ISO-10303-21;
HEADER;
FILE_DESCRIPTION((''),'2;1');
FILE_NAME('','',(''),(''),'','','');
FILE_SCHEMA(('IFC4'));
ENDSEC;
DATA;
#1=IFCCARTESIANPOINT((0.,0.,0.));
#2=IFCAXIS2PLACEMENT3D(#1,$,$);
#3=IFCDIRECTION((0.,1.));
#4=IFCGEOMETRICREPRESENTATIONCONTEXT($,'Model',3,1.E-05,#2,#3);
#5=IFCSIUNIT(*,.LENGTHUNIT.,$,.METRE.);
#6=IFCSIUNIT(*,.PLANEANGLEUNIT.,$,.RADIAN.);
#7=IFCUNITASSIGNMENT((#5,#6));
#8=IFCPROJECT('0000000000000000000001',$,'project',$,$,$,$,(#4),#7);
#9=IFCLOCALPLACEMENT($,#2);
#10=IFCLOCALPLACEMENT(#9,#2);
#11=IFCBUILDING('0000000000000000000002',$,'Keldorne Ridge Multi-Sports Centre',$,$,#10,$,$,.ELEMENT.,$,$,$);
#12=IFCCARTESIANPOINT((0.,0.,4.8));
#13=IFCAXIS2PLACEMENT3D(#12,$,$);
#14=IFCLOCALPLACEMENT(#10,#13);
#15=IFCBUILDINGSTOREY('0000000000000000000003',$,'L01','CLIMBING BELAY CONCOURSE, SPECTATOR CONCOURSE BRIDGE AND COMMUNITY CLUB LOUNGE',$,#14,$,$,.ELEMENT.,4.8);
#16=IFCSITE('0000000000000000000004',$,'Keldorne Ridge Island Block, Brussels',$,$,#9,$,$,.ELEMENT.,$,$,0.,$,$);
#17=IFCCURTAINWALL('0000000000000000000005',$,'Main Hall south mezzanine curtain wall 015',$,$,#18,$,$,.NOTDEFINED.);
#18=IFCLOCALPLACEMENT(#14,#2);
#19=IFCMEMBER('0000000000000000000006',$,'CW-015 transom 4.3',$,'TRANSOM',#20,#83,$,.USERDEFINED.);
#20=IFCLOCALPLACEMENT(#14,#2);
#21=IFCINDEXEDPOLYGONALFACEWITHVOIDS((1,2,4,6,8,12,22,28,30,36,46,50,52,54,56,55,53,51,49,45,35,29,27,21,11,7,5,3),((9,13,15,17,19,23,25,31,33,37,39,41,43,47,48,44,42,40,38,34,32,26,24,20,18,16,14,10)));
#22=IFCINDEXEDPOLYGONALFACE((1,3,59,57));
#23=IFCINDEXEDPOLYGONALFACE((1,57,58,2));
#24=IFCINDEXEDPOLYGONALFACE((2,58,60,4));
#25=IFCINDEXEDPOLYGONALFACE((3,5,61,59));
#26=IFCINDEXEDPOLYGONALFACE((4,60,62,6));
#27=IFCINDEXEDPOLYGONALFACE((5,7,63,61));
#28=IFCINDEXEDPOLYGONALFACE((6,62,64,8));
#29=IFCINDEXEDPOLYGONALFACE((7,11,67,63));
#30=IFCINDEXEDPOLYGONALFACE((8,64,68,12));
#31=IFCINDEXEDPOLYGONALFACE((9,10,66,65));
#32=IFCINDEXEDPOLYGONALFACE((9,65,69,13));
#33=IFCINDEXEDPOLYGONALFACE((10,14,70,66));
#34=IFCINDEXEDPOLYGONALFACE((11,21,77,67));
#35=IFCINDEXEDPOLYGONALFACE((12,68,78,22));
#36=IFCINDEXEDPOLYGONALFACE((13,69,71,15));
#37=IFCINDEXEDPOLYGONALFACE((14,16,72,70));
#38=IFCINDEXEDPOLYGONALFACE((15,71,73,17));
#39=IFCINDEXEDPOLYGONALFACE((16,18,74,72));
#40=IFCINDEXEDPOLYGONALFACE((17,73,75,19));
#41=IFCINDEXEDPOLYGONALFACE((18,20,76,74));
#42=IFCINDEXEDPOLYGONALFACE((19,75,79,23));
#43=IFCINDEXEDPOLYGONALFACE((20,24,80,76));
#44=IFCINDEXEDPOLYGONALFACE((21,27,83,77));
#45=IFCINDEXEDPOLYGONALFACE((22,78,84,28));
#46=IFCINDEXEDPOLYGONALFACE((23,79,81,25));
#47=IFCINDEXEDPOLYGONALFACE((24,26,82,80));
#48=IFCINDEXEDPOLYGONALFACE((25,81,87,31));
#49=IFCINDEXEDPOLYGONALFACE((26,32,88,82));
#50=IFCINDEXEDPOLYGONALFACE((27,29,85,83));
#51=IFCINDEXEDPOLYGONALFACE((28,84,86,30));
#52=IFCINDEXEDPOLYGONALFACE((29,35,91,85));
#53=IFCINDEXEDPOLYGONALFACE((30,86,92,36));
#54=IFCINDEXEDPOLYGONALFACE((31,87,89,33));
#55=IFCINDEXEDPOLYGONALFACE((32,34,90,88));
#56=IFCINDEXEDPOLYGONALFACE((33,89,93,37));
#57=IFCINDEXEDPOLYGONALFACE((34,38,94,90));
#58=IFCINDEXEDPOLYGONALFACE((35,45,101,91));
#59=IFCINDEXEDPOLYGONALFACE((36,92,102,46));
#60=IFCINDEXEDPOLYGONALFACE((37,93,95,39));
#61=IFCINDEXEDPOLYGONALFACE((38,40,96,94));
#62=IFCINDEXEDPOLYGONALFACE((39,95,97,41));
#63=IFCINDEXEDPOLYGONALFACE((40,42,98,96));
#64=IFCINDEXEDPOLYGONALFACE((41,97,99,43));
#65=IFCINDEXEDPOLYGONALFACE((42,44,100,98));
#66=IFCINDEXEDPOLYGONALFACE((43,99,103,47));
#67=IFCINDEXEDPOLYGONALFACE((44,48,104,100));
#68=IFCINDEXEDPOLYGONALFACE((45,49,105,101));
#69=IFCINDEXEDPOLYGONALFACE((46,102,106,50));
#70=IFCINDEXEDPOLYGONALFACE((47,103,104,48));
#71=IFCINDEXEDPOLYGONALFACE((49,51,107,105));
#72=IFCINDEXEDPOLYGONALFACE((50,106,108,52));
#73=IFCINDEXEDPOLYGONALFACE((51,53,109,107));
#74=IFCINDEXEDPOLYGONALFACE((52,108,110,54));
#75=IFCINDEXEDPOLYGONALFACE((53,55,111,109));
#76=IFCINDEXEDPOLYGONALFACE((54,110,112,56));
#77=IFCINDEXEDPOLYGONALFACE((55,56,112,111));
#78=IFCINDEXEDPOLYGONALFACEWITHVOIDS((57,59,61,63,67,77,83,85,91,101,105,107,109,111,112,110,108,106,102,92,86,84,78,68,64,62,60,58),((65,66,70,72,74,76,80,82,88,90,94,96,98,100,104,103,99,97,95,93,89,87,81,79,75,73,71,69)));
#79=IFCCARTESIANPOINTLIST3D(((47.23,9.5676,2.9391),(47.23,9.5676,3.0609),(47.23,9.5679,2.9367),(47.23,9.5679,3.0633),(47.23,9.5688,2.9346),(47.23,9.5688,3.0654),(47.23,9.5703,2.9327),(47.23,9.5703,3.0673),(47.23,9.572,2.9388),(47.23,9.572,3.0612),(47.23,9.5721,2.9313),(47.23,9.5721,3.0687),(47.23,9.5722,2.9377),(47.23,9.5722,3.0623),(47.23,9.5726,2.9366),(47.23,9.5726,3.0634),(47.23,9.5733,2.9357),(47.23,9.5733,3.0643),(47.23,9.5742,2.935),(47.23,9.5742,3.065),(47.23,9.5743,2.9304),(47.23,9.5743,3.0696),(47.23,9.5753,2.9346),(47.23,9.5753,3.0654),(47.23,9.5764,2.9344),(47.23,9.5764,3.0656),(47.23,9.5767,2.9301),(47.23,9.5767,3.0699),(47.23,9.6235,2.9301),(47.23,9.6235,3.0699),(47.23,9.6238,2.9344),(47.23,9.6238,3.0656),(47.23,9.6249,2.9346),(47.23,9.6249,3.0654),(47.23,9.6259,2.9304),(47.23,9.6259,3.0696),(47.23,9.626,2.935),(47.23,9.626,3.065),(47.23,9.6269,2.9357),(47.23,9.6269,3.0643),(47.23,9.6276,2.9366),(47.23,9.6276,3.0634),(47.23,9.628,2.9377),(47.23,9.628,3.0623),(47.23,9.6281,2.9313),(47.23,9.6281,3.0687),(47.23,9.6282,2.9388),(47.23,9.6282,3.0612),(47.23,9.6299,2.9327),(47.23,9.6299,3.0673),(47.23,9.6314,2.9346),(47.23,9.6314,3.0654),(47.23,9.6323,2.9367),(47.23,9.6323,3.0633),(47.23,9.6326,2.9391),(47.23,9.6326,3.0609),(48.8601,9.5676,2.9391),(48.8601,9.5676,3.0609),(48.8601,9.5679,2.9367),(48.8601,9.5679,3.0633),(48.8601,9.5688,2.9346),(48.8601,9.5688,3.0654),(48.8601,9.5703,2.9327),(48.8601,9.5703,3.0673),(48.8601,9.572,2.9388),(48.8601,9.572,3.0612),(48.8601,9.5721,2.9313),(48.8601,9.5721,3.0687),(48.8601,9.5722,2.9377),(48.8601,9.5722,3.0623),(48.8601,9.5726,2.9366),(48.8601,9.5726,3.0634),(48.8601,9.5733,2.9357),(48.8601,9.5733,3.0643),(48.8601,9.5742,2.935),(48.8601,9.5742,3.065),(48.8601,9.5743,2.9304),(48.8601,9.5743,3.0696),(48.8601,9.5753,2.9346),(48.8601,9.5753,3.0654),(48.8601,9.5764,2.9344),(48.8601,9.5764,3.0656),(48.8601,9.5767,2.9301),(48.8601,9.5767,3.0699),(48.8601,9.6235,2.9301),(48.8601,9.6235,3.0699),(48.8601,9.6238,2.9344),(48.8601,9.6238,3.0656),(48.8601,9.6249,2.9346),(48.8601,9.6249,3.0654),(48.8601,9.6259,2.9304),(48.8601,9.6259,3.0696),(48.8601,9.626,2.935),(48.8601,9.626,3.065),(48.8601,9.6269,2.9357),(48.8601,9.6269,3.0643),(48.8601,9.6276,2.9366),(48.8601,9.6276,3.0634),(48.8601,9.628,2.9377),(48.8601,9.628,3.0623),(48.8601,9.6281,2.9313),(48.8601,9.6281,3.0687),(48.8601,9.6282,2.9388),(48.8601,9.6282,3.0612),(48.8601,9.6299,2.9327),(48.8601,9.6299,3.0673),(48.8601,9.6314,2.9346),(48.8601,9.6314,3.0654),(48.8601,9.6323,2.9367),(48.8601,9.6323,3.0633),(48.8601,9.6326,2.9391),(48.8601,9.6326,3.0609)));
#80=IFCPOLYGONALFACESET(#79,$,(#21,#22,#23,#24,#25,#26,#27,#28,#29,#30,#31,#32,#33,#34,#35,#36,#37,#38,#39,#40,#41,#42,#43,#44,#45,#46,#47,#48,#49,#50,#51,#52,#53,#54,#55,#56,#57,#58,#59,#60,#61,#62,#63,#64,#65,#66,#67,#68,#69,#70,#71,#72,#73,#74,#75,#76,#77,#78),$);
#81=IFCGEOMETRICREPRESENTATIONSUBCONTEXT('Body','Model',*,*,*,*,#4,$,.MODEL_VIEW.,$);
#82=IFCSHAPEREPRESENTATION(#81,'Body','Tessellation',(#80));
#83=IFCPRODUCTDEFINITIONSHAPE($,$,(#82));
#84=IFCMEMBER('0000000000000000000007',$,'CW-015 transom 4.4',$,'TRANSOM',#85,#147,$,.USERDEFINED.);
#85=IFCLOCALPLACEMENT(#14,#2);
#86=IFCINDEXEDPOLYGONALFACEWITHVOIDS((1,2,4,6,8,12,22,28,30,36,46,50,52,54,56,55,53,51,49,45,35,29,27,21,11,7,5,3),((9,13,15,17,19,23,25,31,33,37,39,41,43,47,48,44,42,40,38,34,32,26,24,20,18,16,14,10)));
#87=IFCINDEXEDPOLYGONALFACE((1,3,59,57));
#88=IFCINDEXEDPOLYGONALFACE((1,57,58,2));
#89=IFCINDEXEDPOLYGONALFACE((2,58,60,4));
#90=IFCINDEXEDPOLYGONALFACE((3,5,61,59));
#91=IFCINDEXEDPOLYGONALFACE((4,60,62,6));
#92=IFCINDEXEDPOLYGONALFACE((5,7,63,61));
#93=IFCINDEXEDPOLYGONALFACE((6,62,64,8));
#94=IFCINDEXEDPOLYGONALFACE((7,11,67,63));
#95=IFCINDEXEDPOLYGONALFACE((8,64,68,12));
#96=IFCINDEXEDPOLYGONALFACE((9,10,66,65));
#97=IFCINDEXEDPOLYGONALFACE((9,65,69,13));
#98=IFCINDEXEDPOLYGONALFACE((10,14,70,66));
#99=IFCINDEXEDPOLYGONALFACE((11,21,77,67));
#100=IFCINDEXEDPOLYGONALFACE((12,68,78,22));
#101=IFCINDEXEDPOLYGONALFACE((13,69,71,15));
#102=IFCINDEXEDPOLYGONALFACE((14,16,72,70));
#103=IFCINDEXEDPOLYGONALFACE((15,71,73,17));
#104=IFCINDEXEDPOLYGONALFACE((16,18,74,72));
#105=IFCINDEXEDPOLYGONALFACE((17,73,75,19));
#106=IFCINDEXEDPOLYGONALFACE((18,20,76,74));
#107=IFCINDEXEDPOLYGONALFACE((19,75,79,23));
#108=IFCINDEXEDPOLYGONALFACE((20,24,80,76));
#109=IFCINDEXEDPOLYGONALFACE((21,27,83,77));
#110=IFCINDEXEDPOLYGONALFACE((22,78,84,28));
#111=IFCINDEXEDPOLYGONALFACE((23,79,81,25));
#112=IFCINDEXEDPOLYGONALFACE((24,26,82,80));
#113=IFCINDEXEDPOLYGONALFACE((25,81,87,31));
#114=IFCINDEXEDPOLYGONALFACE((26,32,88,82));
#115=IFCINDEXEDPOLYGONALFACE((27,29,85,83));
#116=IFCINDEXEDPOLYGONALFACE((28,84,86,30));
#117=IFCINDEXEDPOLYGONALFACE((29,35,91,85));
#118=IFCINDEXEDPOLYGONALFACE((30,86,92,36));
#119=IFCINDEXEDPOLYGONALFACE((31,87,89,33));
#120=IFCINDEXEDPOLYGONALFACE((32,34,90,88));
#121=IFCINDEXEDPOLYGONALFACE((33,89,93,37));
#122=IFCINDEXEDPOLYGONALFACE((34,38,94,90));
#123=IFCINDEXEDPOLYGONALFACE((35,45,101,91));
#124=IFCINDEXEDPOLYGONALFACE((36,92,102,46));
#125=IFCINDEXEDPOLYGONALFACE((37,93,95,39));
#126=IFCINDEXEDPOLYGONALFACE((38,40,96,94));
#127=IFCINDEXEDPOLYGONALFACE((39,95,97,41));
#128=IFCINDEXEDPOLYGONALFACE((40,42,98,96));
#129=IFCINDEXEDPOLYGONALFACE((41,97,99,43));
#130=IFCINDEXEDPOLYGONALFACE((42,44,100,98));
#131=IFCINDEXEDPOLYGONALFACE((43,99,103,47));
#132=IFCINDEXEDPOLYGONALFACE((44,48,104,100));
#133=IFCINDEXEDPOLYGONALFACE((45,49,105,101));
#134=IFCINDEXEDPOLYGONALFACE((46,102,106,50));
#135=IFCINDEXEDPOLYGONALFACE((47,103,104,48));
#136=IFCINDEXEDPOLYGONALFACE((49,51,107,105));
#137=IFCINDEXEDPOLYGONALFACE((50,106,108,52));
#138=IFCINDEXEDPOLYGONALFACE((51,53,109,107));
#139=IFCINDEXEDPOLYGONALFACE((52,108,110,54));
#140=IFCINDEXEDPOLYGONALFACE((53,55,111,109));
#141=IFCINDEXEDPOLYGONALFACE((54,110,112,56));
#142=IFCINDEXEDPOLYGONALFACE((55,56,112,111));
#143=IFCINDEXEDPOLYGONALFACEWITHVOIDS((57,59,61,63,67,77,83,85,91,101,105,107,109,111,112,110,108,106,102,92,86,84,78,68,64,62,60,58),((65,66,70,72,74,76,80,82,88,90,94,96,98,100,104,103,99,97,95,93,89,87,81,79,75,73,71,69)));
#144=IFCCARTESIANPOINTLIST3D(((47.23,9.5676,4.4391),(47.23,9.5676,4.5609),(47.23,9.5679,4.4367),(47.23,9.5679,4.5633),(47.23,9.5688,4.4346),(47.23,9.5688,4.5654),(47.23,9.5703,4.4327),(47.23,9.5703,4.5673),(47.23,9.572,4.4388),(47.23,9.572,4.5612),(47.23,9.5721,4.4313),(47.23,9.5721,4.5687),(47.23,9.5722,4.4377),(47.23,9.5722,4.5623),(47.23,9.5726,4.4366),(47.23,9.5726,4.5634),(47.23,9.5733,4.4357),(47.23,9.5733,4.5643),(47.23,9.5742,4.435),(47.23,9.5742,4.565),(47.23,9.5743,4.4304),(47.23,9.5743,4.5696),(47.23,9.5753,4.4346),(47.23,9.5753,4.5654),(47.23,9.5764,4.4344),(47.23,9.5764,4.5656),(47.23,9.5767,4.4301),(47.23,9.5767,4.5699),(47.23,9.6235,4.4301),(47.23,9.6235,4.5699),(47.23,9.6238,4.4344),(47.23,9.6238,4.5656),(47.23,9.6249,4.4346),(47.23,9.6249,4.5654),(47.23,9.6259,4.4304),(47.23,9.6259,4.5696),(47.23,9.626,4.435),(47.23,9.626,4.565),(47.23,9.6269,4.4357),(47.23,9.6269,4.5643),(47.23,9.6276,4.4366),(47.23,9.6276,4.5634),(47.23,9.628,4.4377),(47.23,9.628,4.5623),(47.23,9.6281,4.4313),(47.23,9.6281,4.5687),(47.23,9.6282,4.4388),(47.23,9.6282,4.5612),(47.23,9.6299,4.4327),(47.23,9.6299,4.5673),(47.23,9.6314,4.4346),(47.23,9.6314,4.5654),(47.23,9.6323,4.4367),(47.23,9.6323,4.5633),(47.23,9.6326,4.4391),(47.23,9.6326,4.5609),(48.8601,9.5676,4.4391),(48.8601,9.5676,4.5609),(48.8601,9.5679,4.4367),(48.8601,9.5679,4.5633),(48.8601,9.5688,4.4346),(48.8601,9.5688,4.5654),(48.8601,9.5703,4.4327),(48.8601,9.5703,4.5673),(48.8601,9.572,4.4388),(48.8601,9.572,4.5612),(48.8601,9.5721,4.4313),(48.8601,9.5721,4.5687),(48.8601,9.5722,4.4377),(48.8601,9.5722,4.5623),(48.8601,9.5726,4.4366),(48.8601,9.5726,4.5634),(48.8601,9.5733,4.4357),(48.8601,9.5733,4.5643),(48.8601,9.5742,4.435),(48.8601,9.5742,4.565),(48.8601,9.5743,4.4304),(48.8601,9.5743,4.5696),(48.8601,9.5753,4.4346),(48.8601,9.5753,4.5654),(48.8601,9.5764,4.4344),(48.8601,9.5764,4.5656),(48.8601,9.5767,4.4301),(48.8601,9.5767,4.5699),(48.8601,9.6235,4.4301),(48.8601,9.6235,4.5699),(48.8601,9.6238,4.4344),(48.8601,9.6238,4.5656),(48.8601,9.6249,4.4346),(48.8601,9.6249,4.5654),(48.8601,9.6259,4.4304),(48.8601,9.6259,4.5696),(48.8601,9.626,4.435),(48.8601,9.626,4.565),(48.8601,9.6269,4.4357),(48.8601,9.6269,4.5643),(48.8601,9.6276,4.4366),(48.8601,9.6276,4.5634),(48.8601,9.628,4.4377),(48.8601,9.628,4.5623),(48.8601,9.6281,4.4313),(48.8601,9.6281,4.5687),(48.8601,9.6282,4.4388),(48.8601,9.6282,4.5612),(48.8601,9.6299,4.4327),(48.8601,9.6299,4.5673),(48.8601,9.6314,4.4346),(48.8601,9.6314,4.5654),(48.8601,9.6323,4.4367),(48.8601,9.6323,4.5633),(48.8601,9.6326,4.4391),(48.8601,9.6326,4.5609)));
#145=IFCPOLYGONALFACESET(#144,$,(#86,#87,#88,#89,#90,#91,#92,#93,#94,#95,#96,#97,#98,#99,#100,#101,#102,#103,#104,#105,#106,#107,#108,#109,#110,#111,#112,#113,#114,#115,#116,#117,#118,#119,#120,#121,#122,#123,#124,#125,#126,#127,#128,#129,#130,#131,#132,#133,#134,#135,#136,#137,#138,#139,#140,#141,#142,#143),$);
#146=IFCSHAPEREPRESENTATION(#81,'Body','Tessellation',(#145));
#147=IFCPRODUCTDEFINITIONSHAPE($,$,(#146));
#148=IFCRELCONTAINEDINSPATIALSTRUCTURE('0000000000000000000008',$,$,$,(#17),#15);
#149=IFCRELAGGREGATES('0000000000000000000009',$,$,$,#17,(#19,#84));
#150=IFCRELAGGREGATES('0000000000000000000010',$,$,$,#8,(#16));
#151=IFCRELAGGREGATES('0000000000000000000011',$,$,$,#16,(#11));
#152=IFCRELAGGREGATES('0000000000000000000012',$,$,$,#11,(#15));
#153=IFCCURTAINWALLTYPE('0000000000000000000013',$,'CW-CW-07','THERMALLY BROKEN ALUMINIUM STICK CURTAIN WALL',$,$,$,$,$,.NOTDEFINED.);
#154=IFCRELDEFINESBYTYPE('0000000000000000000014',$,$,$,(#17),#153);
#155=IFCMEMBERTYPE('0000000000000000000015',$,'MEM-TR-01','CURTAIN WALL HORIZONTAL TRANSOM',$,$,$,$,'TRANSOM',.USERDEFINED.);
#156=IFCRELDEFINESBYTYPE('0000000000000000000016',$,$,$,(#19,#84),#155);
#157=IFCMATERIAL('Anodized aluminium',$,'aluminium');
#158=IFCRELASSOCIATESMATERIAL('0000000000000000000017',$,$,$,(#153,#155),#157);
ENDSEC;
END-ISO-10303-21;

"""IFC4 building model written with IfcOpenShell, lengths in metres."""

from ifc_helpers import new_model, si_unit, direction, frame, origin, origin_2d, place, context, subcontext, project, spatial, hollow_rectangle, extrude, material, material_profile, profile_set, type_object, element, aggregate, save


model = new_model("IFC4")

# Units and contexts
model_context = context("Model", 3, precision=1e-05, world=origin(), true_north=direction((0.0, 1.0)))
body_context = subcontext(model_context, "Body", "Model", "MODEL_VIEW")
ifc_project = project(units=[si_unit("LENGTHUNIT", "METRE"), si_unit("PLANEANGLEUNIT", "RADIAN")], contexts=[model_context])

# Site, building, storey
site_placement = place(None, origin())
site = spatial("IfcSite", under=ifc_project, at=site_placement, Name="Keldorne Ridge Island Block, Brussels", CompositionType="ELEMENT", RefElevation=0.0)
building_placement = place(site_placement, origin())
building = spatial("IfcBuilding", under=site, at=building_placement, Name="Keldorne Ridge Multi-Sports Centre", CompositionType="ELEMENT")
storey_placement = place(building_placement, frame((0.0, 0.0, 4.8)))
storey = spatial("IfcBuildingStorey", under=building, at=storey_placement, Name="L01", Description="CLIMBING BELAY CONCOURSE, SPECTATOR CONCOURSE BRIDGE AND COMMUNITY CLUB LOUNGE", CompositionType="ELEMENT", Elevation=4.8)

# Curtain wall
ifc_material_1 = material(Name="Anodized aluminium", Category="aluminium")
curtain_wall_type_1 = type_object("IfcCurtainWallType", Name="CW-CW-07", Description="THERMALLY BROKEN ALUMINIUM STICK CURTAIN WALL", PredefinedType="NOTDEFINED", material=ifc_material_1)
curtain_wall_1_placement = place(storey_placement, origin())
curtain_wall_1 = element("IfcCurtainWall", 1, at=curtain_wall_1_placement, inside=storey, type_object=curtain_wall_type_1, Name="Main Hall south mezzanine curtain wall 015", PredefinedType="NOTDEFINED")

# Members
ifc_material_profile_1 = material_profile(ifc_material_1, hollow_rectangle(XDim=0.0649, YDim=0.1399, WallThickness=0.0044, InnerFilletRadius=0.0044, OuterFilletRadius=0.009, at=origin_2d()), Name="ALU TRANSOM 140x65x4.5")
ifc_profile_set_1 = profile_set([ifc_material_profile_1], Name="Anodized aluminium")
member_type_1 = type_object("IfcMemberType", Name="MEM-TR-01", Description="CURTAIN WALL HORIZONTAL TRANSOM", ElementType="TRANSOM", PredefinedType="USERDEFINED", material=ifc_profile_set_1)
member_1_placement = place(storey_placement, frame((47.23, 9.6001, 3.0), z_axis=(1.0, 0.0, 0.0), x_axis=(0.0, 1.0, 0.0)))
member_1 = element("IfcMember", 2, at=member_1_placement, type_object=member_type_1, Name="CW-015 transom 4.3", ObjectType="TRANSOM", PredefinedType="USERDEFINED", context=body_context, shape_type="SweptSolid", body=[
    extrude(hollow_rectangle(XDim=0.0649, YDim=0.1399, WallThickness=0.0044, InnerFilletRadius=0.0044, OuterFilletRadius=0.009, at=origin_2d()), origin(), (0.0, 0.0, 1.0), 1.6301),
])
member_2_placement = place(storey_placement, frame((47.23, 9.6001, 4.5), z_axis=(1.0, 0.0, 0.0), x_axis=(0.0, 1.0, 0.0)))
member_2 = element("IfcMember", 3, at=member_2_placement, type_object=member_type_1, Name="CW-015 transom 4.4", ObjectType="TRANSOM", PredefinedType="USERDEFINED", context=body_context, shape_type="SweptSolid", body=[
    extrude(hollow_rectangle(XDim=0.0649, YDim=0.1399, WallThickness=0.0044, InnerFilletRadius=0.0044, OuterFilletRadius=0.009, at=origin_2d()), origin(), (0.0, 0.0, 1.0), 1.6301),
])

aggregate(curtain_wall_1, [member_1, member_2])

save(model, "model.ifc")
